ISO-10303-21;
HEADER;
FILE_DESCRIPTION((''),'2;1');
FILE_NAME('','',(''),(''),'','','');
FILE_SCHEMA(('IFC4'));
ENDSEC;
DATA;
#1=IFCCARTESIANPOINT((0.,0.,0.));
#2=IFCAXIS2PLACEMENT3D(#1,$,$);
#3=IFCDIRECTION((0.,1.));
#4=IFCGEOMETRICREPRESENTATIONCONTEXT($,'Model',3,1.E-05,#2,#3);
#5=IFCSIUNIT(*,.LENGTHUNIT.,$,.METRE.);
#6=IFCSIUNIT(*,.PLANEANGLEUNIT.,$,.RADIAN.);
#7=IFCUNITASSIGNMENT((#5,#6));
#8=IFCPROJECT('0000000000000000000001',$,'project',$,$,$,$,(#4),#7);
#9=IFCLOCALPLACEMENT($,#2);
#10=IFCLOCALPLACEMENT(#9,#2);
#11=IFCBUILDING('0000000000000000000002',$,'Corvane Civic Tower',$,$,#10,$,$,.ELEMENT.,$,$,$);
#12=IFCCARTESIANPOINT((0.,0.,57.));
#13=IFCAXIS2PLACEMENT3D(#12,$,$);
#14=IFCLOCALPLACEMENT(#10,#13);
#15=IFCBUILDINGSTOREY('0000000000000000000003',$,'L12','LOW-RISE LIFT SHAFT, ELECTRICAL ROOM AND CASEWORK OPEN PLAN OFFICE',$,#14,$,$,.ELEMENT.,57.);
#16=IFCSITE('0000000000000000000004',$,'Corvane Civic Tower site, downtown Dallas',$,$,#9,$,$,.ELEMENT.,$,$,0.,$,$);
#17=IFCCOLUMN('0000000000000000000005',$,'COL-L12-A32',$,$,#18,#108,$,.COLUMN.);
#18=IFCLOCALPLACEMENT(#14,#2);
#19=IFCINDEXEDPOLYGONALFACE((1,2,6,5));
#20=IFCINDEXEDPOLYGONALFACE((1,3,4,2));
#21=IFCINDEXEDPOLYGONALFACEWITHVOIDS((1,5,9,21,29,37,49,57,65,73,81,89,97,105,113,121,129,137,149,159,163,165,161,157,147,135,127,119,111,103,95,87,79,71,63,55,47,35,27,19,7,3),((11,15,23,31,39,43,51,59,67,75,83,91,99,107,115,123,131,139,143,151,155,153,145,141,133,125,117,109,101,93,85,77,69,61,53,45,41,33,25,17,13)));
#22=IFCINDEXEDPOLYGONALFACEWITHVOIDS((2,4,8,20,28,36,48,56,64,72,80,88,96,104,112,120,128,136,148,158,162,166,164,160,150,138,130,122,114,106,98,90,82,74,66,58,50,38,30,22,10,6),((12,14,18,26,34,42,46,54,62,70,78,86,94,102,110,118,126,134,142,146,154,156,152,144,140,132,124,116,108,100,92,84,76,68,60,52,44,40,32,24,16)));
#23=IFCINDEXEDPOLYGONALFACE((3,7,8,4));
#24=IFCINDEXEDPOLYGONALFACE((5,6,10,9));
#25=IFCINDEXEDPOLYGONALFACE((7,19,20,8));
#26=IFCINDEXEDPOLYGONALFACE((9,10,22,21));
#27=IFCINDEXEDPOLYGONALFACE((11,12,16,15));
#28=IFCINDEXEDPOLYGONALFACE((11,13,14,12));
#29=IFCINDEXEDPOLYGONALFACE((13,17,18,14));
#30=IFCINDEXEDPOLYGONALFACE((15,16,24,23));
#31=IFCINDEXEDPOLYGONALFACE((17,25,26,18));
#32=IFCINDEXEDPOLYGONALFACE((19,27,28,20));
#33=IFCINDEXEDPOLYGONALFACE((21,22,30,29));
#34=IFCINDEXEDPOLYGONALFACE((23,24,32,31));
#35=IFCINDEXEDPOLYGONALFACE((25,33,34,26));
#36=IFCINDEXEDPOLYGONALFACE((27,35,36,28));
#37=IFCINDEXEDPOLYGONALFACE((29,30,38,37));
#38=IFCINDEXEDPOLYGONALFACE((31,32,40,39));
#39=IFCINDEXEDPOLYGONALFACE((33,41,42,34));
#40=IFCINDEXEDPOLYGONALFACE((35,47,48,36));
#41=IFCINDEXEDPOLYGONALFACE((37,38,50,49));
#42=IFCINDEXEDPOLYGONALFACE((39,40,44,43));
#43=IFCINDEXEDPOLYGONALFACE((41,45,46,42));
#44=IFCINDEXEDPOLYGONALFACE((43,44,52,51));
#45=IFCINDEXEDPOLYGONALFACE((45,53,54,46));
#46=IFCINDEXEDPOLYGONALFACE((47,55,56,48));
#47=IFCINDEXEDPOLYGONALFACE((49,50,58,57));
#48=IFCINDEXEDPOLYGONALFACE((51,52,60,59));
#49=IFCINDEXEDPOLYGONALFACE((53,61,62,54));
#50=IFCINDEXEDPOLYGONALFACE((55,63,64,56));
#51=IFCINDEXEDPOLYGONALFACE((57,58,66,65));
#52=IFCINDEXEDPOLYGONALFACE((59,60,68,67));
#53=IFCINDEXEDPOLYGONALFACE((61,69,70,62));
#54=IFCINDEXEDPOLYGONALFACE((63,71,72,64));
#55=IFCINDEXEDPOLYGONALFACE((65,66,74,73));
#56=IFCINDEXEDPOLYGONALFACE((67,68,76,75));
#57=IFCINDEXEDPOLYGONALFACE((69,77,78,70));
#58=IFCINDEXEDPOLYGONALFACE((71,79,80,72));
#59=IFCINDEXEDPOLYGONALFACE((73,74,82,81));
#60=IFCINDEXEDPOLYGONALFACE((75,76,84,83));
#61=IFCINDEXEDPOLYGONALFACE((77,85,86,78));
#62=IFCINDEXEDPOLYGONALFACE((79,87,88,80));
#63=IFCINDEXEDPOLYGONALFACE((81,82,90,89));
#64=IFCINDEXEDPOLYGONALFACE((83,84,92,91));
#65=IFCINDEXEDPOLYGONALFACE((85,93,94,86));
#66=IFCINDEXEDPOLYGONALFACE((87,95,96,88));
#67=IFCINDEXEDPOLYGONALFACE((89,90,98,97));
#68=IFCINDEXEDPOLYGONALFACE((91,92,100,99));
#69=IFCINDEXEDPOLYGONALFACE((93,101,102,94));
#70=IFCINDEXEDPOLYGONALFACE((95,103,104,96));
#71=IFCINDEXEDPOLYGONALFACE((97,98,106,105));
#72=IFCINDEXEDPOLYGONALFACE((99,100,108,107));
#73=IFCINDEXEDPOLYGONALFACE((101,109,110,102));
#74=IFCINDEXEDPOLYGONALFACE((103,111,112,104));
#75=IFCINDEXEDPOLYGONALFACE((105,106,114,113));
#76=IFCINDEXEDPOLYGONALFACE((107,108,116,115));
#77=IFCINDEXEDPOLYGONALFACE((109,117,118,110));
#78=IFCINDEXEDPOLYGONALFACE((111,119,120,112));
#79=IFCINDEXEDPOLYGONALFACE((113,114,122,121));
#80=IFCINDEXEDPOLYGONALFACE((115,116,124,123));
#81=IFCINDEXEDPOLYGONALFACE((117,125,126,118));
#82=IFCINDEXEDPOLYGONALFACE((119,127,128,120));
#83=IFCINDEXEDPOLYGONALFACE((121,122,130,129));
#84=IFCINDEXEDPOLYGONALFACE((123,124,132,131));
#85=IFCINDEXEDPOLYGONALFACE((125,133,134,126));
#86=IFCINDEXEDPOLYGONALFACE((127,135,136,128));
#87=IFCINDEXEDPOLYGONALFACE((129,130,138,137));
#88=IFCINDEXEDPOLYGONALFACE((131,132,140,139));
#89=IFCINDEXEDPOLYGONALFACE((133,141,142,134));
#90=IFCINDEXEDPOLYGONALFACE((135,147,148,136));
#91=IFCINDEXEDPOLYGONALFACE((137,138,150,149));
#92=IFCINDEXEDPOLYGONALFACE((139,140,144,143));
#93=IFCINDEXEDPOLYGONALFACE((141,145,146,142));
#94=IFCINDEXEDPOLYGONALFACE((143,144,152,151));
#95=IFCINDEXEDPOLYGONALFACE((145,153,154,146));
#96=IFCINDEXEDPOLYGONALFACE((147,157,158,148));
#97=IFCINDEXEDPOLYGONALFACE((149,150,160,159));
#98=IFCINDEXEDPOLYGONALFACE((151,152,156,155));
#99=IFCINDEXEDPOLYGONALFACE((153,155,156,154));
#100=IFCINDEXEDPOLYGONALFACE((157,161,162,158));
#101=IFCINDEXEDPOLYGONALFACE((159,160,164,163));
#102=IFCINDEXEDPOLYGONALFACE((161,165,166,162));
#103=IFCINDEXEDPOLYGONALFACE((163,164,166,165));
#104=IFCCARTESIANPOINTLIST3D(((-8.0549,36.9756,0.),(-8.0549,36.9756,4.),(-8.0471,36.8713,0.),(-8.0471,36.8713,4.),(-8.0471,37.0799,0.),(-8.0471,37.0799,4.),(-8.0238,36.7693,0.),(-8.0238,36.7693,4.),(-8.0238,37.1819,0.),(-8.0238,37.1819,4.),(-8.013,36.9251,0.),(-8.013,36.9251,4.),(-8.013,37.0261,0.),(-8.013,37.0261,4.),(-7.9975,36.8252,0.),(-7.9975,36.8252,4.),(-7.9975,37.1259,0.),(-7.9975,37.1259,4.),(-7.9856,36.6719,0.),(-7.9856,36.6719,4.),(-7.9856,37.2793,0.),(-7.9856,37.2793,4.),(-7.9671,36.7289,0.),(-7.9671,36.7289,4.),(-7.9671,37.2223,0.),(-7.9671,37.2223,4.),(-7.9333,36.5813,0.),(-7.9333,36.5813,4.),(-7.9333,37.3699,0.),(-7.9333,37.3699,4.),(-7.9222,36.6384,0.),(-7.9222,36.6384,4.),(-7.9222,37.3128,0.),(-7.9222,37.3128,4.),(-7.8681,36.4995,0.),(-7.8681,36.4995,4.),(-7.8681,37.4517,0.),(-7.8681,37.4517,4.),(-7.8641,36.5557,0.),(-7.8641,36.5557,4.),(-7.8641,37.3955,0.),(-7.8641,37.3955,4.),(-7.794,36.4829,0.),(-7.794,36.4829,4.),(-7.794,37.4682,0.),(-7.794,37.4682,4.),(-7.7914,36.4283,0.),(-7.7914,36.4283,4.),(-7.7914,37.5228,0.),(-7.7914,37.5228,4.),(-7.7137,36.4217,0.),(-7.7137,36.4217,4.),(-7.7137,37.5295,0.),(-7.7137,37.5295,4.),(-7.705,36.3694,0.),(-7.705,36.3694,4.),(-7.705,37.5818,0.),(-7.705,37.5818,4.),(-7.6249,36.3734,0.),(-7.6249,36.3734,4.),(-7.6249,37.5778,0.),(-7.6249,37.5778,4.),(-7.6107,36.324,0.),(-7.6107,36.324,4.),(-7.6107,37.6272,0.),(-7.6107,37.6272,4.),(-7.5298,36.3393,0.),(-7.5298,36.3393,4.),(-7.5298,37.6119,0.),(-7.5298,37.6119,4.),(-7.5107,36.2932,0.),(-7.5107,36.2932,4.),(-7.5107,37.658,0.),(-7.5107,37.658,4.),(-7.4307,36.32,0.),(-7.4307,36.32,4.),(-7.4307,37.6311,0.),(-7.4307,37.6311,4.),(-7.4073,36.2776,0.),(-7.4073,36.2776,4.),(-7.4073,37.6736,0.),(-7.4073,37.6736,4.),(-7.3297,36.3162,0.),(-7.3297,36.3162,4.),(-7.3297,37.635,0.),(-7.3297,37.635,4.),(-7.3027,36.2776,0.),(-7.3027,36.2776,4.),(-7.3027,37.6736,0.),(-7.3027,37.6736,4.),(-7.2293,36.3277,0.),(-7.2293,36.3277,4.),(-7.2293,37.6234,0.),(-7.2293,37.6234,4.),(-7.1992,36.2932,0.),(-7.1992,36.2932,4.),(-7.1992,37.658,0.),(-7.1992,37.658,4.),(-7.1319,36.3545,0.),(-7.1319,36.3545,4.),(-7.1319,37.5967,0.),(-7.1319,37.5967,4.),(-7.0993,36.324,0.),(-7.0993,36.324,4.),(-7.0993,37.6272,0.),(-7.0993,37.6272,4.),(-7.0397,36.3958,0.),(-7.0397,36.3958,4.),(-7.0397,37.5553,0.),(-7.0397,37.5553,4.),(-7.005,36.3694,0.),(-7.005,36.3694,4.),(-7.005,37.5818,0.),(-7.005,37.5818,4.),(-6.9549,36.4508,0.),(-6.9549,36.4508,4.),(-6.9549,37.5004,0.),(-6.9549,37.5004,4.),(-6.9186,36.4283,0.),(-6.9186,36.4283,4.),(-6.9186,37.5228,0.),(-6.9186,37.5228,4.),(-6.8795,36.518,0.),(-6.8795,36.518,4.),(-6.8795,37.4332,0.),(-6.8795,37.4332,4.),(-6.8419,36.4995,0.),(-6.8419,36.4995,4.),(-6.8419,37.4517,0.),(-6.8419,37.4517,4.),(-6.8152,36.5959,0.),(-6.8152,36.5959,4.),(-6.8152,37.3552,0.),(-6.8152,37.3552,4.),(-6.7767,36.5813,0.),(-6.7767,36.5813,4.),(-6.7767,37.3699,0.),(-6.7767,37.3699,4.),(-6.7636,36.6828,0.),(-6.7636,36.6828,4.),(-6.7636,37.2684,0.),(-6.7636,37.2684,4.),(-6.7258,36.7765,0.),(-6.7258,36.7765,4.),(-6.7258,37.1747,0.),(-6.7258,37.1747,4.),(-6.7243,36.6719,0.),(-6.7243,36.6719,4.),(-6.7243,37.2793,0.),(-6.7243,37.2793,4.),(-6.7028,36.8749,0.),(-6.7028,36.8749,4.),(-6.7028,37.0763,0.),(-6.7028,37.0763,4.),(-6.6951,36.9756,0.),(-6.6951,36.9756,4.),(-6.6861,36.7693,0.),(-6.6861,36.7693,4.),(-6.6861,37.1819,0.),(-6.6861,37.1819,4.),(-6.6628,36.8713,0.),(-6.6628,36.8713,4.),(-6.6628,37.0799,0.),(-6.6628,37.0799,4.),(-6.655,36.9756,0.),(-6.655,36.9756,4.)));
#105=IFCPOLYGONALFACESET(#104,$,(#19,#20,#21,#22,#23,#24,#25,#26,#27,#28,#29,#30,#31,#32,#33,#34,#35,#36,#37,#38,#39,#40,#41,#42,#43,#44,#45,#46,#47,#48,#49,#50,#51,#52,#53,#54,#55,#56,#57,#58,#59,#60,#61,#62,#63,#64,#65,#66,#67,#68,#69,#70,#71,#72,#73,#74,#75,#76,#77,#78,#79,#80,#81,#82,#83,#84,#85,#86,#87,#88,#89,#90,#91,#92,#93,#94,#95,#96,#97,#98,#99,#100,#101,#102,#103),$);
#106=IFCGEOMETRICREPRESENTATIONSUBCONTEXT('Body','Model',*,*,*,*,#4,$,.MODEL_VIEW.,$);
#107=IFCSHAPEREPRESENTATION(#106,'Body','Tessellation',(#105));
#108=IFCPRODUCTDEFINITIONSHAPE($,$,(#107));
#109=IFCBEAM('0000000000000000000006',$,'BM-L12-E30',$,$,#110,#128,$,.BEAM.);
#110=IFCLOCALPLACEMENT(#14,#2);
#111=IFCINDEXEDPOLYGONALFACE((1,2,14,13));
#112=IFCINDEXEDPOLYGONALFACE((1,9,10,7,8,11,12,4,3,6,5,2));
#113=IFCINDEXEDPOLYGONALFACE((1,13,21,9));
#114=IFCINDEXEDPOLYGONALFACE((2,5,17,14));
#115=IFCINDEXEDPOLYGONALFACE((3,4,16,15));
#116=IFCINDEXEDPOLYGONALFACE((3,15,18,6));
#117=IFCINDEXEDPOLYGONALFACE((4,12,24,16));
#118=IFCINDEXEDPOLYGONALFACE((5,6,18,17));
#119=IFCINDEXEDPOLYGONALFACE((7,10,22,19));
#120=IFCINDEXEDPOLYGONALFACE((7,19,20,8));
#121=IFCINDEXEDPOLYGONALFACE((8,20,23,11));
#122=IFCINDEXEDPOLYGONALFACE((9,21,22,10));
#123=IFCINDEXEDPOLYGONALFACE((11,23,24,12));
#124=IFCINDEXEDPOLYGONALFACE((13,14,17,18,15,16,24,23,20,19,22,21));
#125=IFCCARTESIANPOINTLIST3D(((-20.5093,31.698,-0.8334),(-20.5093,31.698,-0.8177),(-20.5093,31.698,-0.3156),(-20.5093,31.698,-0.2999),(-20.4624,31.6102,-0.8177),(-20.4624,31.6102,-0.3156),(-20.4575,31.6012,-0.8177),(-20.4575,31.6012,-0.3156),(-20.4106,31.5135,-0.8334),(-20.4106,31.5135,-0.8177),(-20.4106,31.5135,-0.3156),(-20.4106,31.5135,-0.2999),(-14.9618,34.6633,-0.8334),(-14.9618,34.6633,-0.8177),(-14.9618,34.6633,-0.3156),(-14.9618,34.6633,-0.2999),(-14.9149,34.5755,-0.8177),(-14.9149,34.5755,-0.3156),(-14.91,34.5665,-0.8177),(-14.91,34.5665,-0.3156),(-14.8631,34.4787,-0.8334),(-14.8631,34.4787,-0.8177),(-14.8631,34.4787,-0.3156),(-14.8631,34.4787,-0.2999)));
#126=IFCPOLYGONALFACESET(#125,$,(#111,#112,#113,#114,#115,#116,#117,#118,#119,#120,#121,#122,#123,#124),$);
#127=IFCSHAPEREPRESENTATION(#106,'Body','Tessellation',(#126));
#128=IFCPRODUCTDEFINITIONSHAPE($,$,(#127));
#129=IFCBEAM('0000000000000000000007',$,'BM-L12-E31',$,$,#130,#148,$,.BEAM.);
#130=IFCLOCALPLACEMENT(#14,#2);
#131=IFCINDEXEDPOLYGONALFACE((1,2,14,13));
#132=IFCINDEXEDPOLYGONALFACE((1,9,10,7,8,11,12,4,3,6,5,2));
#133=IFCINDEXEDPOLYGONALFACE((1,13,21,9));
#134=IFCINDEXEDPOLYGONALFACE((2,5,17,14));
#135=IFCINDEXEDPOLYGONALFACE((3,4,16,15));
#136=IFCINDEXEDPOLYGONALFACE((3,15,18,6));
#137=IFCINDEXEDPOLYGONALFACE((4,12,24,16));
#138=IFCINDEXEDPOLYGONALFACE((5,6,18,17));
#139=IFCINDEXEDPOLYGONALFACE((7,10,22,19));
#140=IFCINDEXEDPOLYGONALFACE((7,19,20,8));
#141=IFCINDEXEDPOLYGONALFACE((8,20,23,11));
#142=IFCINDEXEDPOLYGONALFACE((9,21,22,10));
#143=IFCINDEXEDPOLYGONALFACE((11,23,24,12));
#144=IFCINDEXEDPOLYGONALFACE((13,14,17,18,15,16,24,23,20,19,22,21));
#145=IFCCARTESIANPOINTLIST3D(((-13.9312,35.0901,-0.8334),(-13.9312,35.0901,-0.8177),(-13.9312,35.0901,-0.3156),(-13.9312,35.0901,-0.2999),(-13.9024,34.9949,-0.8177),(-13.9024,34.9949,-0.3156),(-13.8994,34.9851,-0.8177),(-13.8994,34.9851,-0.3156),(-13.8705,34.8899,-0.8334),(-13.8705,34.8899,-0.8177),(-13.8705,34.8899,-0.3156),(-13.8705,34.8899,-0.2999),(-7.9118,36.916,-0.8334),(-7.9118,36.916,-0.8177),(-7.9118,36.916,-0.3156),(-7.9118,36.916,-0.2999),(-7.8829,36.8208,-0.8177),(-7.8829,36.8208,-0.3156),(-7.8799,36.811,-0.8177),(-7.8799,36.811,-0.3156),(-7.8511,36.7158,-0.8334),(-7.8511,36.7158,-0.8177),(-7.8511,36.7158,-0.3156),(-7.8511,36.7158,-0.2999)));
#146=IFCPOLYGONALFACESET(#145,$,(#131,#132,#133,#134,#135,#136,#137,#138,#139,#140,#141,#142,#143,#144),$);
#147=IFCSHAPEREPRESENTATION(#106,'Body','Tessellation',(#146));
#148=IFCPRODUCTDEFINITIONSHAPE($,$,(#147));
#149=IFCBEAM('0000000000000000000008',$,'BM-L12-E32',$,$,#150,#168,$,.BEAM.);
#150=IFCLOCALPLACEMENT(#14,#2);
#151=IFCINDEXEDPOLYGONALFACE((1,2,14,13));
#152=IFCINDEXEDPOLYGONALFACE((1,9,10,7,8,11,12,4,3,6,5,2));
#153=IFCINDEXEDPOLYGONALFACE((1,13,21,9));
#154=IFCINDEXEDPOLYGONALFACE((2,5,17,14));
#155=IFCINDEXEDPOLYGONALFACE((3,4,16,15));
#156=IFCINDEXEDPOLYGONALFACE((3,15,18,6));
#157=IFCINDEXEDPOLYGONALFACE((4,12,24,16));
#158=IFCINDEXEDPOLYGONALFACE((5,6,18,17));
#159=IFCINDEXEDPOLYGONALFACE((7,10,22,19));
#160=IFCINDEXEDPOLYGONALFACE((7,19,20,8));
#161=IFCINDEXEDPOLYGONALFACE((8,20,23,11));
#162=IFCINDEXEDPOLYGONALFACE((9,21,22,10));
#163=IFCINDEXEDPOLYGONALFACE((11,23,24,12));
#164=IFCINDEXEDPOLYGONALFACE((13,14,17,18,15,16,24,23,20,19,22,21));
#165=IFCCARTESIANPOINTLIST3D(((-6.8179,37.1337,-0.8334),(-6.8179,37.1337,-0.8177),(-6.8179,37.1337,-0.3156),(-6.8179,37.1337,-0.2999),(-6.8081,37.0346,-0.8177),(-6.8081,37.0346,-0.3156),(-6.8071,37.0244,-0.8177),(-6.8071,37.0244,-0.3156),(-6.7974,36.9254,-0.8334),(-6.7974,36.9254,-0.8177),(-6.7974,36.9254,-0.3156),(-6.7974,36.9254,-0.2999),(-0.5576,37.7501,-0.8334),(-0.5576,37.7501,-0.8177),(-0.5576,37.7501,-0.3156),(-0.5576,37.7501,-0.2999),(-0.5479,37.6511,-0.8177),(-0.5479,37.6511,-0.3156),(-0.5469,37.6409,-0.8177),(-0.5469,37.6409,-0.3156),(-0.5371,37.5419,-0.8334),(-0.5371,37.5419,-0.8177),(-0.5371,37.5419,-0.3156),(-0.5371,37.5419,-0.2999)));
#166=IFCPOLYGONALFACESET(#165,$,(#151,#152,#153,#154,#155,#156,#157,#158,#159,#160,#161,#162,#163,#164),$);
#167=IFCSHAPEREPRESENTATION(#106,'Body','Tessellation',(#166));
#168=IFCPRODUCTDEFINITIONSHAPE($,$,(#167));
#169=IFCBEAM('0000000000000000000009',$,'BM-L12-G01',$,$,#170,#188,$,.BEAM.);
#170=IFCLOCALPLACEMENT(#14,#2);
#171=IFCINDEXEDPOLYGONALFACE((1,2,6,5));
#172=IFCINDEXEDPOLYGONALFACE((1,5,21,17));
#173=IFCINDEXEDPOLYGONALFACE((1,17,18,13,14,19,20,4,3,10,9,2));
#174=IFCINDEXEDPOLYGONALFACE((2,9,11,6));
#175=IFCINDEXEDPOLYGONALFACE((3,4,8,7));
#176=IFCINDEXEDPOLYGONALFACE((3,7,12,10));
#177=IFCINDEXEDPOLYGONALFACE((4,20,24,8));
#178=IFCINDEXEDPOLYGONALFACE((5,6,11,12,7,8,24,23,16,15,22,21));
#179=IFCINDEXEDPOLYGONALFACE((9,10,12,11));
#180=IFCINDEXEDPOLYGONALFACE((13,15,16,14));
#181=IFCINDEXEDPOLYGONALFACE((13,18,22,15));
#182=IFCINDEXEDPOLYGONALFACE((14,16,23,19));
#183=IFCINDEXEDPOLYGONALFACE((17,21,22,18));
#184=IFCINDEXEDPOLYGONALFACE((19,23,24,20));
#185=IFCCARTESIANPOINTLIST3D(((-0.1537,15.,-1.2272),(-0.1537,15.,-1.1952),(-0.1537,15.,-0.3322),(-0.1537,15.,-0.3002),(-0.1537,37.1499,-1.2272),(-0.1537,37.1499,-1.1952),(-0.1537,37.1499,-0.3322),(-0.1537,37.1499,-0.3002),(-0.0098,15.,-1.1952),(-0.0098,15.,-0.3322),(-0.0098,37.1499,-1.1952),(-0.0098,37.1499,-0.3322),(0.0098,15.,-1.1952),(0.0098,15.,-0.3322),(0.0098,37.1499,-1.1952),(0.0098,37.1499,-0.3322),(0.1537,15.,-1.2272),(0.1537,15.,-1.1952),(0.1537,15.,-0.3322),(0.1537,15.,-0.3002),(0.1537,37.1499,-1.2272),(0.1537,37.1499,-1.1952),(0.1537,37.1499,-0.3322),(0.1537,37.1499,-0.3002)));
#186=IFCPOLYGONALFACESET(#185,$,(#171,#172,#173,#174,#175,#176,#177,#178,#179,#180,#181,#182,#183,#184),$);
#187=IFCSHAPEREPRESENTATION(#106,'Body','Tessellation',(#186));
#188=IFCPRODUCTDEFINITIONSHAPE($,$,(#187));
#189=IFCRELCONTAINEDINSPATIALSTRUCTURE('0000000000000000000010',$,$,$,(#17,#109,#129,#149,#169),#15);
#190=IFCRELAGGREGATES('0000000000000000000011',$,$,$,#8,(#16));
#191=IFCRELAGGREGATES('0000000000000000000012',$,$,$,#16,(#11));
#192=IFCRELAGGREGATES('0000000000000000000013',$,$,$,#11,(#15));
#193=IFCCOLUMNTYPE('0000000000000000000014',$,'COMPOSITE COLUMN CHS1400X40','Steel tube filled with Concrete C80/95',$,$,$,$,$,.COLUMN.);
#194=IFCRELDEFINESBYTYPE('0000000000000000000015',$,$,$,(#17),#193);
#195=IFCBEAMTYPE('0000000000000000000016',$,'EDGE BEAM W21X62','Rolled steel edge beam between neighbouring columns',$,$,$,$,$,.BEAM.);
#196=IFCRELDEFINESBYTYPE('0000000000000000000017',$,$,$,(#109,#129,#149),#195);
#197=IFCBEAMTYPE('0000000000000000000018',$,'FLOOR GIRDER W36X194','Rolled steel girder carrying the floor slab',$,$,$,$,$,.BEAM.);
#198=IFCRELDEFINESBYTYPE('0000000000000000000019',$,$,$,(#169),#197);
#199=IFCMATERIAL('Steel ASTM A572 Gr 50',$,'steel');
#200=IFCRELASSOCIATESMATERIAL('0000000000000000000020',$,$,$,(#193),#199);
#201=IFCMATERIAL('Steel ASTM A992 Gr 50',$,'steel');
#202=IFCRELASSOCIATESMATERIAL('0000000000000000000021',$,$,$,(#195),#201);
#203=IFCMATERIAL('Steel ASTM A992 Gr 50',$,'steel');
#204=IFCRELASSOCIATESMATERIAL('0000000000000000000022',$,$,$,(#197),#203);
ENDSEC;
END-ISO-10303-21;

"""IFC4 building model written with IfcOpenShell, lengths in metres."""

from ifc_helpers import new_model, si_unit, direction, frame, origin, origin_2d, place, context, subcontext, project, spatial, hollow_circle, i_section, extrude, material, material_profile, profile_set, type_object, element, save


model = new_model("IFC4")

# Units and contexts
model_context = context("Model", 3, precision=1e-05, world=origin(), true_north=direction((0.0, 1.0)))
body_context = subcontext(model_context, "Body", "Model", "MODEL_VIEW")
ifc_project = project(units=[si_unit("LENGTHUNIT", "METRE"), si_unit("PLANEANGLEUNIT", "RADIAN")], contexts=[model_context])

# Site, building, storey
site_placement = place(None, origin())
site = spatial("IfcSite", under=ifc_project, at=site_placement, Name="Corvane Civic Tower site, downtown Dallas", CompositionType="ELEMENT", RefElevation=0.0)
building_placement = place(site_placement, origin())
building = spatial("IfcBuilding", under=site, at=building_placement, Name="Corvane Civic Tower", CompositionType="ELEMENT")
storey_placement = place(building_placement, frame((0.0, 0.0, 57.0)))
storey = spatial("IfcBuildingStorey", under=building, at=storey_placement, Name="L12", Description="LOW-RISE LIFT SHAFT, ELECTRICAL ROOM AND CASEWORK OPEN PLAN OFFICE", CompositionType="ELEMENT", Elevation=57.0)

# Column
ifc_material_1 = material(Name="Steel ASTM A572 Gr 50", Category="steel")
ifc_material_profile_1 = material_profile(ifc_material_1, hollow_circle(Radius=0.7, WallThickness=0.04, at=origin_2d()), Name="CHS1400X40")
ifc_profile_set_1 = profile_set([ifc_material_profile_1], Name="Steel ASTM A572 Gr 50")
column_type = type_object("IfcColumnType", Name="COMPOSITE COLUMN CHS1400X40", Description="Steel tube filled with Concrete C80/95", PredefinedType="COLUMN", material=ifc_profile_set_1)
for number, where, z_axis, x_axis, name in (
    (1, (-7.355, 36.9756, 0.0), (0.0, 0.0, 1.0), (1.0, 0.0, 0.0), "COL-L12-A32"),
):
    element("IfcColumn", number, at=place(storey_placement, frame(where, z_axis=z_axis, x_axis=x_axis)), inside=storey, type_object=column_type, Name=name, PredefinedType="COLUMN", context=body_context, shape_type="SweptSolid", body=[
        extrude(hollow_circle(Radius=0.7, WallThickness=0.04, at=origin_2d()), origin(), (0.0, 0.0, 1.0), 4.0),
    ])

# Beams
ifc_material_2 = material(Name="Steel ASTM A992 Gr 50", Category="steel")
ifc_material_profile_2 = material_profile(ifc_material_2, i_section(OverallWidth=0.2092, OverallDepth=0.5334, WebThickness=0.0103, FlangeThickness=0.0156, at=origin_2d()), Name="W21X62")
ifc_profile_set_2 = profile_set([ifc_material_profile_2], Name="Steel ASTM A992 Gr 50")
beam_type_1 = type_object("IfcBeamType", Name="EDGE BEAM W21X62", Description="Rolled steel edge beam between neighbouring columns", PredefinedType="BEAM", material=ifc_profile_set_2)
for number, where, z_axis, x_axis, name in (
    (2, (-20.46, 31.6057, -0.5667), (0.881916, 0.471406, 0.0), (-0.471406, 0.881916, 0.0), "BM-L12-E30"),
    (3, (-13.9009, 34.99, -0.5667), (0.956944, 0.290273, 0.0), (-0.290273, 0.956944, 0.0), "BM-L12-E31"),
):
    element("IfcBeam", number, at=place(storey_placement, frame(where, z_axis=z_axis, x_axis=x_axis)), inside=storey, type_object=beam_type_1, Name=name, PredefinedType="BEAM", context=body_context, shape_type="SweptSolid", body=[
        extrude(i_section(OverallWidth=0.2092, OverallDepth=0.5334, WebThickness=0.0103, FlangeThickness=0.0156, at=origin_2d()), origin(), (0.0, 0.0, 1.0), 6.2903),
    ])
beam_1_placement = place(storey_placement, frame((-6.8076, 37.0295, -0.5667), z_axis=(0.995187, 0.097997, 0.0), x_axis=(-0.097997, 0.995187, 0.0)))
element("IfcBeam", 4, at=beam_1_placement, inside=storey, type_object=beam_type_1, Name="BM-L12-E32", PredefinedType="BEAM", context=body_context, shape_type="SweptSolid", body=[
    extrude(i_section(OverallWidth=0.2092, OverallDepth=0.5334, WebThickness=0.0103, FlangeThickness=0.0156, at=origin_2d()), origin(), (0.0, 0.0, 1.0), 6.2905),
])
ifc_material_3 = material(Name="Steel ASTM A992 Gr 50", Category="steel")
ifc_material_profile_3 = material_profile(ifc_material_3, i_section(OverallWidth=0.3074, OverallDepth=0.927, WebThickness=0.0195, FlangeThickness=0.032, at=origin_2d()), Name="W36X194")
ifc_profile_set_3 = profile_set([ifc_material_profile_3], Name="Steel ASTM A992 Gr 50")
beam_type_2 = type_object("IfcBeamType", Name="FLOOR GIRDER W36X194", Description="Rolled steel girder carrying the floor slab", PredefinedType="BEAM", material=ifc_profile_set_3)
beam_2_placement = place(storey_placement, frame((0.0, 15.0, -0.7637), z_axis=(0.0, 1.0, 0.0), x_axis=(-1.0, 0.0, 0.0)))
element("IfcBeam", 5, at=beam_2_placement, inside=storey, type_object=beam_type_2, Name="BM-L12-G01", PredefinedType="BEAM", context=body_context, shape_type="SweptSolid", body=[
    extrude(i_section(OverallWidth=0.3074, OverallDepth=0.927, WebThickness=0.0195, FlangeThickness=0.032, at=origin_2d()), origin(), (0.0, 0.0, 1.0), 22.1499),
])

save(model, "model.ifc")
